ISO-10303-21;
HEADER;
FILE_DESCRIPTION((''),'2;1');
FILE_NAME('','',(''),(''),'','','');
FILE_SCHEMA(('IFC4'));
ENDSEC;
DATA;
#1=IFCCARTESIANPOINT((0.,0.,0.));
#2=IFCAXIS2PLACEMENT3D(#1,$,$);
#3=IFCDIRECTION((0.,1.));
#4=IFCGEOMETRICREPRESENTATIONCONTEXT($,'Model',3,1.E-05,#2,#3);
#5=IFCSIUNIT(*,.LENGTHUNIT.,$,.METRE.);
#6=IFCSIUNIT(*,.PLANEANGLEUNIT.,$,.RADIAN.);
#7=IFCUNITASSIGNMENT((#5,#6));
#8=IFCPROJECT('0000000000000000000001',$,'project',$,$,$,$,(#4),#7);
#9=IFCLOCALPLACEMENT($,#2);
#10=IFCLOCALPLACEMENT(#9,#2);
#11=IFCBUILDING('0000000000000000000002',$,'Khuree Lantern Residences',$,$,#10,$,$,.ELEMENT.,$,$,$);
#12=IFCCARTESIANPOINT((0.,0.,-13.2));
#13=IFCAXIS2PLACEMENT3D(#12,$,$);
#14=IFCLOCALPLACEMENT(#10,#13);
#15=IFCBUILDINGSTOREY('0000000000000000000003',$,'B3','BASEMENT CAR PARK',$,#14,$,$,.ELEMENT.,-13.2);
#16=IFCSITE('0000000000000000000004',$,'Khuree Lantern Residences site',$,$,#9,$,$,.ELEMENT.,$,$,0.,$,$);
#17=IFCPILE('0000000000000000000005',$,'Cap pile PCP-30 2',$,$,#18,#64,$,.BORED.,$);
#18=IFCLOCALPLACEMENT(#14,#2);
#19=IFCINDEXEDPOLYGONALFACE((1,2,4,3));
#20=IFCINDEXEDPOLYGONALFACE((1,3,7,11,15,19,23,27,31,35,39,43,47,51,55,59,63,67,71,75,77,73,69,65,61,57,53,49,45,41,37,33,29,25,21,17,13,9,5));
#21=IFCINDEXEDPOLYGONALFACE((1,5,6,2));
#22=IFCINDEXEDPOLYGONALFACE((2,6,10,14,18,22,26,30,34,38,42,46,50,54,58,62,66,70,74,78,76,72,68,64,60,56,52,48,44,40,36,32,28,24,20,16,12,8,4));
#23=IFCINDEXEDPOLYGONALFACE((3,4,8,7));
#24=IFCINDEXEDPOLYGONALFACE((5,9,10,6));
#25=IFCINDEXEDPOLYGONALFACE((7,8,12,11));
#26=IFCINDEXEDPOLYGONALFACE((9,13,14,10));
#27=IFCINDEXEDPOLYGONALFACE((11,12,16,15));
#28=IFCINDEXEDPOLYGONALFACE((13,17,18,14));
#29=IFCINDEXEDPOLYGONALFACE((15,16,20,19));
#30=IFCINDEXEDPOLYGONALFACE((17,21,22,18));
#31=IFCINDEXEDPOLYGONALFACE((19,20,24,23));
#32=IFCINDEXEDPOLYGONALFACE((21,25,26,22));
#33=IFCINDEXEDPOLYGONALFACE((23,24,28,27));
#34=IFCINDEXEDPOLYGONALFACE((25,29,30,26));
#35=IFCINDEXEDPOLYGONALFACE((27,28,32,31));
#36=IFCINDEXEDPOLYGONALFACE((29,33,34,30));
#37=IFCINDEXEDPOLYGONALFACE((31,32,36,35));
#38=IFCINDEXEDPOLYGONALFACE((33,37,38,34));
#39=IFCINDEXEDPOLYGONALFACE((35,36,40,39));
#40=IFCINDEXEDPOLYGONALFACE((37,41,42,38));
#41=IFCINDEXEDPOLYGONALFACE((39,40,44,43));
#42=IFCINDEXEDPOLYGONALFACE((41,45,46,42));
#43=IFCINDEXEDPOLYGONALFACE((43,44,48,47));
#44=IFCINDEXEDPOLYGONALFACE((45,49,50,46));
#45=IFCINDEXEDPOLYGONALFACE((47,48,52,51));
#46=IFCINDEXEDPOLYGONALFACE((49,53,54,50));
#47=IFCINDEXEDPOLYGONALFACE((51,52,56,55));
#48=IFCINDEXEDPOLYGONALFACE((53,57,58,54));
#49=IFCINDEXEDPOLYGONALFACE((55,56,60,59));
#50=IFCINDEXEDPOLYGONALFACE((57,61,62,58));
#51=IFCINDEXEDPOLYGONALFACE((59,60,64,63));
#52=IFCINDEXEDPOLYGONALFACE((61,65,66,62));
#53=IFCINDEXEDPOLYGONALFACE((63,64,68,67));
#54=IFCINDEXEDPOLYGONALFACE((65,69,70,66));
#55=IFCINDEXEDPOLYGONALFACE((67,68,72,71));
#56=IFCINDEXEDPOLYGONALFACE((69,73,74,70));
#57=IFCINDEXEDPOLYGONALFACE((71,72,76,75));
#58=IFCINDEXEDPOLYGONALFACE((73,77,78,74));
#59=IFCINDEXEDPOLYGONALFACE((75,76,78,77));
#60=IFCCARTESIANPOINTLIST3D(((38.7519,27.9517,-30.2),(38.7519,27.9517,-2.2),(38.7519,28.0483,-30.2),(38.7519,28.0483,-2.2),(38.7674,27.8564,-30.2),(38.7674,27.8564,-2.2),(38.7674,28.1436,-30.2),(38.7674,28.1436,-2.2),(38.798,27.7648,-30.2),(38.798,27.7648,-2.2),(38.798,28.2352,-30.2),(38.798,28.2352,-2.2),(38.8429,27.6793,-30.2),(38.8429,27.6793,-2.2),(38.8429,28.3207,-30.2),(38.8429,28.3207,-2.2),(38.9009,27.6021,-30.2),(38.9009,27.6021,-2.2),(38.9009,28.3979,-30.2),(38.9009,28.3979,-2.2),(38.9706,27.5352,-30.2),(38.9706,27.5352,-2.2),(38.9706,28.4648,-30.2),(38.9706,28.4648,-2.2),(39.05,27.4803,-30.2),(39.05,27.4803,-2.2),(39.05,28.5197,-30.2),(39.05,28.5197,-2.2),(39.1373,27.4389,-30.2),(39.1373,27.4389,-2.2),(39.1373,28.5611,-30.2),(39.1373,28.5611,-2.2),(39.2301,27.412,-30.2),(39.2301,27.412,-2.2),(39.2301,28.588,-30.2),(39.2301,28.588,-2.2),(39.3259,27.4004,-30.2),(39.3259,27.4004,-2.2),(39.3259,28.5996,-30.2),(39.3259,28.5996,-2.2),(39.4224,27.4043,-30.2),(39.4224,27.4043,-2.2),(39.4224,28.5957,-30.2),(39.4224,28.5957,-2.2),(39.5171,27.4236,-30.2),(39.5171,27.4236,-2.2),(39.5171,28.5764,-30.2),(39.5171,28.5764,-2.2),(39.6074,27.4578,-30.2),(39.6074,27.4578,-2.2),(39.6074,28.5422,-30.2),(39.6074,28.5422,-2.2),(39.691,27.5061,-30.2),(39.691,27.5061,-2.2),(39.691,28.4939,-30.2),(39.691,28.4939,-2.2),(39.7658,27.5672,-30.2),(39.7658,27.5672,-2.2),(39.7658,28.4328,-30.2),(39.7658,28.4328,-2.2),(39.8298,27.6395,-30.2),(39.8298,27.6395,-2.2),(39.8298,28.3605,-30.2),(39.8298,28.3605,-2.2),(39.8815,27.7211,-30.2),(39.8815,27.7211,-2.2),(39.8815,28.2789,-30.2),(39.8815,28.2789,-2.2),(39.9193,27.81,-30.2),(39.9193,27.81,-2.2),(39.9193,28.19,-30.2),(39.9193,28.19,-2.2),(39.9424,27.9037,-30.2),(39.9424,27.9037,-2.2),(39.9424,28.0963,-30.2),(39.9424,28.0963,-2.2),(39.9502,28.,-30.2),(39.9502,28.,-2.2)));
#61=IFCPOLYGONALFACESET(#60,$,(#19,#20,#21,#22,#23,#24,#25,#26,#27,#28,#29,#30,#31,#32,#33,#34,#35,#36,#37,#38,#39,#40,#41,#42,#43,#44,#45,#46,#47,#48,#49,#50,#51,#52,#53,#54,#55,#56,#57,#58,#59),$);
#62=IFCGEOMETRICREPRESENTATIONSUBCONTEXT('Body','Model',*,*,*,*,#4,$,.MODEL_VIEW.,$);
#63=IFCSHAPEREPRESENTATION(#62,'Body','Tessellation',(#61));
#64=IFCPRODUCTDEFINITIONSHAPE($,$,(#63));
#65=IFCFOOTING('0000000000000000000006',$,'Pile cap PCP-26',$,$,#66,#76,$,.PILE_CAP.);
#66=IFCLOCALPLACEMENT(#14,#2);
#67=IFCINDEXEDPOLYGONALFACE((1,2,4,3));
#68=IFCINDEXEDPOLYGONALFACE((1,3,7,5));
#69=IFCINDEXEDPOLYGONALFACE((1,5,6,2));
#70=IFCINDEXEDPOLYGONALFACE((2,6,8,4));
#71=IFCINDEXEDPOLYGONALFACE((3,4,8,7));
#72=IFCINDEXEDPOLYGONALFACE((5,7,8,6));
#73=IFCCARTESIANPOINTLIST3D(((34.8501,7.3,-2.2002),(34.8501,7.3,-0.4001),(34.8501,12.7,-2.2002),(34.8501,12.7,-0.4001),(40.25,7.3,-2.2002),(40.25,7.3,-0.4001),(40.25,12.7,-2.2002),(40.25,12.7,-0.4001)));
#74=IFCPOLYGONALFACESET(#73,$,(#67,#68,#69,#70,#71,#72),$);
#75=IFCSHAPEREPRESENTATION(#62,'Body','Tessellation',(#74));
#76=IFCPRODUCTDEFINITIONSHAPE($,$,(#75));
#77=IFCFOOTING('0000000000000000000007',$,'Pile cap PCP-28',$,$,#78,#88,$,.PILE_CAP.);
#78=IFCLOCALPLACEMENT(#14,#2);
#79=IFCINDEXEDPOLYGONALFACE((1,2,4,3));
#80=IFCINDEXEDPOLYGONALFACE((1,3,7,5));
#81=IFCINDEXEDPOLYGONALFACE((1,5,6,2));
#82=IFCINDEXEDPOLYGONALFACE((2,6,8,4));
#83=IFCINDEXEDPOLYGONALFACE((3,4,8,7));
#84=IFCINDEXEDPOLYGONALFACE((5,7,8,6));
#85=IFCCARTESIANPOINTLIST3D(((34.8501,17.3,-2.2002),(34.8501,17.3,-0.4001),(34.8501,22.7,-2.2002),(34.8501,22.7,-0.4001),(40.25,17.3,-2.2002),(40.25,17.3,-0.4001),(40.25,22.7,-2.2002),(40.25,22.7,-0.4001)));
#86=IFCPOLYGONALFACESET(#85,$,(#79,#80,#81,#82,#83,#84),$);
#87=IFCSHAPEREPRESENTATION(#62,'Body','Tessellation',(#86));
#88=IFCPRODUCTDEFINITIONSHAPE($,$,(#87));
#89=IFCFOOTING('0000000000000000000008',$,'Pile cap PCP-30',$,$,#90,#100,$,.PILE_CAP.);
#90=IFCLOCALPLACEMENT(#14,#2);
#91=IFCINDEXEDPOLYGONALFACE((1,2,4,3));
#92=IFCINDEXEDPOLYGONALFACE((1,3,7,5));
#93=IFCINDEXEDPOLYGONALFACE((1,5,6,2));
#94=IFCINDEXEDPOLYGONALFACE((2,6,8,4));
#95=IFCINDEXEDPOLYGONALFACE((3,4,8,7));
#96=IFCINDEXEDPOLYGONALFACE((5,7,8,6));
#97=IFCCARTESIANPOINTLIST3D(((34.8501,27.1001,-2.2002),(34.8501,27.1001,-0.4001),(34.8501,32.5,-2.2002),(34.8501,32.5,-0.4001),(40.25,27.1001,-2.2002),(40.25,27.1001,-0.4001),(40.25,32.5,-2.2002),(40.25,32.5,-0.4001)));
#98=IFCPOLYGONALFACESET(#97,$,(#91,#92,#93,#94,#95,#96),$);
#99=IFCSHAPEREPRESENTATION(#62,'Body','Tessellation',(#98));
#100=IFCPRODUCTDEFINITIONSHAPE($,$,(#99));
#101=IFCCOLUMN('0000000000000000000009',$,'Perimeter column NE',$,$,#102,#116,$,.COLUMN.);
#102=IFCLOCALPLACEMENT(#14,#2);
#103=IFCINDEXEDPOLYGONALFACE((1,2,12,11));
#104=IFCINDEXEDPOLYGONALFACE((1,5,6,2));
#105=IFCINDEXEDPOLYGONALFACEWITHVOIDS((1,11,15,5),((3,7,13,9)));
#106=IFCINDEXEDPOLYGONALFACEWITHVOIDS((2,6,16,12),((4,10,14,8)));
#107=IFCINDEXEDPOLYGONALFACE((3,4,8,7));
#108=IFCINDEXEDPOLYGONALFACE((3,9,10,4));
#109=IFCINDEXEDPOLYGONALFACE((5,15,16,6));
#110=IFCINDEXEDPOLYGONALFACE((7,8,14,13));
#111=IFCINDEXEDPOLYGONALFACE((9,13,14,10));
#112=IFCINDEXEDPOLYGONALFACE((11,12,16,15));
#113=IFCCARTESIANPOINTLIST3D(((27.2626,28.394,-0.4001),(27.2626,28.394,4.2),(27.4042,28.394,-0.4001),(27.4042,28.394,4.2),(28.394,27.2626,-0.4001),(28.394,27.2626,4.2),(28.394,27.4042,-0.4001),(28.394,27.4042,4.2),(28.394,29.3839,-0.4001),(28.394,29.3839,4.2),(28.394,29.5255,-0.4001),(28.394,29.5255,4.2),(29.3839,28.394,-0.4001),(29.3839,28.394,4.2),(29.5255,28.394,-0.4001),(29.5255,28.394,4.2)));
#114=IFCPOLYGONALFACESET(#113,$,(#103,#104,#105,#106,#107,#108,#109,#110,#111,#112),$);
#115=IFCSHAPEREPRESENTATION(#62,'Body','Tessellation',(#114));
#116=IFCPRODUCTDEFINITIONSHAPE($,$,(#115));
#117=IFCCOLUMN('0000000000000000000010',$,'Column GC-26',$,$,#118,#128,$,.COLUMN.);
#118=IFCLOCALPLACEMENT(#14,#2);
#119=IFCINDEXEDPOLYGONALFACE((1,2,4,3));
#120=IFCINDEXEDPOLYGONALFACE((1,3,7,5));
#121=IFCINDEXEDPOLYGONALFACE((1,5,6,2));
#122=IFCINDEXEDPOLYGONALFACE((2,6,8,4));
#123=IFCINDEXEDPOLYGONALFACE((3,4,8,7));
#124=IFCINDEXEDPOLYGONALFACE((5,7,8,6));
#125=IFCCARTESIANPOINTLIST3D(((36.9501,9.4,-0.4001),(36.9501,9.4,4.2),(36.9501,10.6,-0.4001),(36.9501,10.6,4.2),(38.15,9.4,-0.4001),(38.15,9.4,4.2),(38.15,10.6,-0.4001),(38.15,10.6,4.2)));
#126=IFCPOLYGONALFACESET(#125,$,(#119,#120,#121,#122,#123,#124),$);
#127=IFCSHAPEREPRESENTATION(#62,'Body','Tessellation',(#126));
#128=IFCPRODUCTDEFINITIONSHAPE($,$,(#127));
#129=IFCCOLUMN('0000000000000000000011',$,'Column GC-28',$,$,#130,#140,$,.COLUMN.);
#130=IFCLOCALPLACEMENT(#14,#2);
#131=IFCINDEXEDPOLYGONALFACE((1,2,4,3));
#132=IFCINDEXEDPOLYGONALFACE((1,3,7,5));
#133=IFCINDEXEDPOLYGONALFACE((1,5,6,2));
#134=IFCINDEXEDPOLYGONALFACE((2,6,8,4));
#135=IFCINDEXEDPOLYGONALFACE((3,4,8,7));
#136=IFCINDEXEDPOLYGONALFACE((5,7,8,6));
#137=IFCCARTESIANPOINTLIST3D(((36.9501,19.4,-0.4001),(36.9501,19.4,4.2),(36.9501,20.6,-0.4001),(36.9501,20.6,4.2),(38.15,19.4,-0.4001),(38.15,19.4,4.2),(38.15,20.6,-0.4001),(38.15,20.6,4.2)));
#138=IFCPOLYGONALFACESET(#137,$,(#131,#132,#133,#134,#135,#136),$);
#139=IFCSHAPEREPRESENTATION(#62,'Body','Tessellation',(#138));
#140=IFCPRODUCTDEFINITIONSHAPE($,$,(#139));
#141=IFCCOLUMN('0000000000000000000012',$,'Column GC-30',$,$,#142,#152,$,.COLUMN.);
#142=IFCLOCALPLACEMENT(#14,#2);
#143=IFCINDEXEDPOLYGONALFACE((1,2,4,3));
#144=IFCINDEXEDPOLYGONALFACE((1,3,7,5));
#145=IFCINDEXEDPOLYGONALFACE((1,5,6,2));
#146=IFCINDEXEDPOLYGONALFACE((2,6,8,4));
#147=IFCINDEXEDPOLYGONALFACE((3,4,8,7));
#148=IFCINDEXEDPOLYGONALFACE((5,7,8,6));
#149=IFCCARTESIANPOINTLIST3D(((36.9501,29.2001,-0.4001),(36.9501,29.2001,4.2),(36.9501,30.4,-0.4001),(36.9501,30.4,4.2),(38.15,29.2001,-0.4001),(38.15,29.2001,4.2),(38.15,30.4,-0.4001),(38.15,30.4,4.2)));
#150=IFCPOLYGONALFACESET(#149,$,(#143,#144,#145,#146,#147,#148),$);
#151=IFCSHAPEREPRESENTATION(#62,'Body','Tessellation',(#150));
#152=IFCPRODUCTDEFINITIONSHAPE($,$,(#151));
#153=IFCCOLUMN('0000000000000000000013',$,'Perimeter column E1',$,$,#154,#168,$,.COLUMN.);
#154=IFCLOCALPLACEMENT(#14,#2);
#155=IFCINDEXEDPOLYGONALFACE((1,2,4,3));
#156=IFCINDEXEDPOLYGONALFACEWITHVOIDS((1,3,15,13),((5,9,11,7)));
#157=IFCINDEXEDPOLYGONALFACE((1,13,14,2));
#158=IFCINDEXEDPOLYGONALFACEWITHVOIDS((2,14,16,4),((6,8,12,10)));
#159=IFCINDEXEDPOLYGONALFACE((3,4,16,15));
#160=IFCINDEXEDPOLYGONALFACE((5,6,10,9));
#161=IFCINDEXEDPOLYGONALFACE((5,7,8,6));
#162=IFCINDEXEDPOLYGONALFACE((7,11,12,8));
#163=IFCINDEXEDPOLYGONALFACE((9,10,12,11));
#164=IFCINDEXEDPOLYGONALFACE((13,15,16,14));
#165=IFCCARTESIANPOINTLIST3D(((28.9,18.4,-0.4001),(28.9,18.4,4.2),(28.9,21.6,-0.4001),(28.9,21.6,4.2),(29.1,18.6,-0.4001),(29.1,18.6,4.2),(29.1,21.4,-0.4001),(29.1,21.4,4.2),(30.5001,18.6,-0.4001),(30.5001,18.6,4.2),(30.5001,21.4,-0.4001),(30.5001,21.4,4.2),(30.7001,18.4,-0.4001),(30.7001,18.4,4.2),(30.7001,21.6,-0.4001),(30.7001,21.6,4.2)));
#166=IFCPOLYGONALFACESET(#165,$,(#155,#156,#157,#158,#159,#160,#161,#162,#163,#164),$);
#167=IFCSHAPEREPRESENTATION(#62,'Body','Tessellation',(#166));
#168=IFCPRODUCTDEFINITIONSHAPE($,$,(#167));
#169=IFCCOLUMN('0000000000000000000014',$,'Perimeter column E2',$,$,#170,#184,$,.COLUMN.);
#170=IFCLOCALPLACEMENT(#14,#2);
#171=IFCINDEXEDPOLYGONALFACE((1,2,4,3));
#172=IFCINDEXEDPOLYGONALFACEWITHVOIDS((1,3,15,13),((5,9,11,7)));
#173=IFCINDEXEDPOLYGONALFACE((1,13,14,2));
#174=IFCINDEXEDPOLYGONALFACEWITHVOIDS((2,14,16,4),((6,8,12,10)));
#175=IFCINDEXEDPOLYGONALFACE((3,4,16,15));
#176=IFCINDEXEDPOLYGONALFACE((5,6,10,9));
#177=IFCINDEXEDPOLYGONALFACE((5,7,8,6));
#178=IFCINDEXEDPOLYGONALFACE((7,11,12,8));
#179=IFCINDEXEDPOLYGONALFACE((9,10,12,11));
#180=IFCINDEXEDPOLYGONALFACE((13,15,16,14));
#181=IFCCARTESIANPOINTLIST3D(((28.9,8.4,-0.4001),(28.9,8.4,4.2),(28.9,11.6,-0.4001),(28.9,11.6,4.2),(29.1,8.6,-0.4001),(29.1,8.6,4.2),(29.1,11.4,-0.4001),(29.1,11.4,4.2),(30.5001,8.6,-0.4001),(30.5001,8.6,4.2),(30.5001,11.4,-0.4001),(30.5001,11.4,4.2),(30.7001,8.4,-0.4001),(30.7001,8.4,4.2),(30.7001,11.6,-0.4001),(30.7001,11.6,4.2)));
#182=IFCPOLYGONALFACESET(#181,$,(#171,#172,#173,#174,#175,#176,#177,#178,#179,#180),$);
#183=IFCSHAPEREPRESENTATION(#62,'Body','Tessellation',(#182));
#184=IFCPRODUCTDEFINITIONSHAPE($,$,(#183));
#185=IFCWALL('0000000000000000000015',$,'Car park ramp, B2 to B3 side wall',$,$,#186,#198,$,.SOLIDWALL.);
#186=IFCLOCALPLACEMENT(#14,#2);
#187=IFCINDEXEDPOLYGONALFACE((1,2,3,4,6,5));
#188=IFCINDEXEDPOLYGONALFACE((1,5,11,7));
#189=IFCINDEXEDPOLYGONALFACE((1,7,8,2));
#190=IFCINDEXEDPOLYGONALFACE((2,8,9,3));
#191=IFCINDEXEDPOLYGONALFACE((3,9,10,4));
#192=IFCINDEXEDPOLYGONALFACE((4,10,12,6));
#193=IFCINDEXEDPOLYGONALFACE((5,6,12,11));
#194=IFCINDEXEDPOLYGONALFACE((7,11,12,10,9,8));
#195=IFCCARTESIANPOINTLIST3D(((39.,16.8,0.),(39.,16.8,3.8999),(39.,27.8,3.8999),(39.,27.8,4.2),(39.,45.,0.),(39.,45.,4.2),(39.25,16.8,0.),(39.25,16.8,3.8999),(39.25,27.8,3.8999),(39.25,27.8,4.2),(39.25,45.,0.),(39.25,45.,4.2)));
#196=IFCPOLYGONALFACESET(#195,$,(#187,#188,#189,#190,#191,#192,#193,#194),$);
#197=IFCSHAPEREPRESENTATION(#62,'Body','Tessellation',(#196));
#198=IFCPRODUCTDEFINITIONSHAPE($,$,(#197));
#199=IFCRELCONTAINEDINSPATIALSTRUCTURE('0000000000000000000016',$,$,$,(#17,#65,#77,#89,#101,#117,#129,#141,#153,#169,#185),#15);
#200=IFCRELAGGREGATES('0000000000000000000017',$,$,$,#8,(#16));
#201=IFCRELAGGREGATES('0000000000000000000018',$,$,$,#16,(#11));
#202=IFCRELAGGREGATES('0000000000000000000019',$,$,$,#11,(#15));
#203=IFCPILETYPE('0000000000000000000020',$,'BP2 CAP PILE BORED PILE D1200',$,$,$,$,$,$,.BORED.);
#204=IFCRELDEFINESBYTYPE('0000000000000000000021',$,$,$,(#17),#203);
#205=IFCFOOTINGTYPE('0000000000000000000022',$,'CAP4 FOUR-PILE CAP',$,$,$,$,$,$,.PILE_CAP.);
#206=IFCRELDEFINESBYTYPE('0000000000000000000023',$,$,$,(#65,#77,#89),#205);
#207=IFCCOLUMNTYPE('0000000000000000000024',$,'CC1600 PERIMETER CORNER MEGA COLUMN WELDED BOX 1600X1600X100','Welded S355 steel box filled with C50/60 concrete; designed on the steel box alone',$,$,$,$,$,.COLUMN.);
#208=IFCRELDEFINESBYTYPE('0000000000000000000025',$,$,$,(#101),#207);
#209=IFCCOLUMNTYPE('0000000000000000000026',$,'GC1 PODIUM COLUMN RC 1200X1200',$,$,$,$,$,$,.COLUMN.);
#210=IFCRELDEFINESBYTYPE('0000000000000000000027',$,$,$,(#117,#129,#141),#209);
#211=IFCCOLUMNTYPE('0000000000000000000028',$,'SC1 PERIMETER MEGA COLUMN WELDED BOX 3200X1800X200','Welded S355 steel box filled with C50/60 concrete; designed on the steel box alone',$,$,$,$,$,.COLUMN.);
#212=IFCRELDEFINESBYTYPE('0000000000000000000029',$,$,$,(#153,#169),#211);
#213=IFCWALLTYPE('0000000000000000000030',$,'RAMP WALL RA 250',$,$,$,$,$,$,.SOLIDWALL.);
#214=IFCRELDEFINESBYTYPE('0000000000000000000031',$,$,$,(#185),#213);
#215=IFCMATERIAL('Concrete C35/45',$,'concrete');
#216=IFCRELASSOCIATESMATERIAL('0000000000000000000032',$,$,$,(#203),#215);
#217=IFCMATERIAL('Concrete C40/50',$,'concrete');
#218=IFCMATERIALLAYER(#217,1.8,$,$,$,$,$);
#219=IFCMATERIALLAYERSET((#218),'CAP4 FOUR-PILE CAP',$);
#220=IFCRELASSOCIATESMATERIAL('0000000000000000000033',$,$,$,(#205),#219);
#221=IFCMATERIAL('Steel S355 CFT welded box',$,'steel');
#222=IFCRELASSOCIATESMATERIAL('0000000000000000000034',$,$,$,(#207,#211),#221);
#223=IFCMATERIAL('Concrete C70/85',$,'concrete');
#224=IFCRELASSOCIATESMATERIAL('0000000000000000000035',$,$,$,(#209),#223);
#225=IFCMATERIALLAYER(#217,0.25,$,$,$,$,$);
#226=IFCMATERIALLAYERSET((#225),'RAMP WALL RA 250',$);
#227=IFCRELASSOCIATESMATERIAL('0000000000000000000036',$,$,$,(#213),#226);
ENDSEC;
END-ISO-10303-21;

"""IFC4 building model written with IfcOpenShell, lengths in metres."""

from ifc_helpers import new_model, si_unit, direction, frame, origin, origin_2d, place, context, subcontext, project, spatial, polyline, rectangle, hollow_rectangle, circle, outline, extrude, material, layer, layer_set, material_profile, profile_set, type_object, element, save


model = new_model("IFC4")

# Units and contexts
model_context = context("Model", 3, precision=1e-05, world=origin(), true_north=direction((0.0, 1.0)))
body_context = subcontext(model_context, "Body", "Model", "MODEL_VIEW")
ifc_project = project(units=[si_unit("LENGTHUNIT", "METRE"), si_unit("PLANEANGLEUNIT", "RADIAN")], contexts=[model_context])

# Site, building, storey
site_placement = place(None, origin())
site = spatial("IfcSite", under=ifc_project, at=site_placement, Name="Khuree Lantern Residences site", CompositionType="ELEMENT", RefElevation=0.0)
building_placement = place(site_placement, origin())
building = spatial("IfcBuilding", under=site, at=building_placement, Name="Khuree Lantern Residences", CompositionType="ELEMENT")
storey_placement = place(building_placement, frame((0.0, 0.0, -13.2)))
storey = spatial("IfcBuildingStorey", under=building, at=storey_placement, Name="B3", Description="BASEMENT CAR PARK", CompositionType="ELEMENT", Elevation=-13.2)

# Pile
ifc_material_1 = material(Name="Concrete C35/45", Category="concrete")
ifc_material_profile_1 = material_profile(ifc_material_1, circle(Radius=0.6001, at=origin_2d()), Name="BORED PILE D1200")
ifc_profile_set_1 = profile_set([ifc_material_profile_1], Name="Concrete C35/45")
pile_type_1 = type_object("IfcPileType", Name="BP2 CAP PILE BORED PILE D1200", PredefinedType="BORED", material=ifc_profile_set_1)
for number, where, z_axis, x_axis, name in (
    (1, (39.3501, 28.0, -2.2), (0.0, 0.0, -1.0), (1.0, 0.0, 0.0), "Cap pile PCP-30 2"),
):
    element("IfcPile", number, at=place(storey_placement, frame(where, z_axis=z_axis, x_axis=x_axis)), inside=storey, type_object=pile_type_1, Name=name, PredefinedType="BORED", context=body_context, shape_type="SweptSolid", body=[
        extrude(circle(Radius=0.6001, at=origin_2d()), origin(), (0.0, 0.0, 1.0), 28.0),
    ])

# Footings
ifc_material_2 = material(Name="Concrete C40/50", Category="concrete")
ifc_layer_1 = layer(ifc_material_2, 1.8)
ifc_layer_set_1 = layer_set([ifc_layer_1], Name="CAP4 FOUR-PILE CAP")
footing_type = type_object("IfcFootingType", Name="CAP4 FOUR-PILE CAP", PredefinedType="PILE_CAP", material=ifc_layer_set_1)
for number, where, z_axis, x_axis, name in (
    (2, (37.55, 10.0, -2.2002), (0.0, 0.0, 1.0), (1.0, 0.0, 0.0), "Pile cap PCP-26"),
    (3, (37.55, 20.0, -2.2002), (0.0, 0.0, 1.0), (1.0, 0.0, 0.0), "Pile cap PCP-28"),
    (4, (37.55, 29.8, -2.2002), (0.0, 0.0, 1.0), (1.0, 0.0, 0.0), "Pile cap PCP-30"),
):
    element("IfcFooting", number, at=place(storey_placement, frame(where, z_axis=z_axis, x_axis=x_axis)), inside=storey, type_object=footing_type, Name=name, PredefinedType="PILE_CAP", context=body_context, shape_type="SweptSolid", body=[
        extrude(rectangle(XDim=5.3999, YDim=5.3999, at=origin_2d()), origin(), (0.0, 0.0, 1.0), 1.8),
    ])

# Columns
ifc_material_3 = material(Name="Steel S355 CFT welded box", Category="steel")
ifc_material_profile_2 = material_profile(ifc_material_3, hollow_rectangle(XDim=1.6001, YDim=1.6001, WallThickness=0.1001, at=origin_2d()), Name="WELDED BOX 1600X1600X100")
ifc_profile_set_2 = profile_set([ifc_material_profile_2], Name="Steel S355 CFT welded box")
column_type_1 = type_object("IfcColumnType", Name="CC1600 PERIMETER CORNER MEGA COLUMN WELDED BOX 1600X1600X100", Description="Welded S355 steel box filled with C50/60 concrete; designed on the steel box alone", PredefinedType="COLUMN", material=ifc_profile_set_2)
column_placement = place(storey_placement, frame((28.394, 28.394, -0.4001), z_axis=(0.0, 0.0, 1.0), x_axis=(0.707107, -0.707107, 0.0)))
element("IfcColumn", 5, at=column_placement, inside=storey, type_object=column_type_1, Name="Perimeter column NE", PredefinedType="COLUMN", context=body_context, shape_type="SweptSolid", body=[
    extrude(hollow_rectangle(XDim=1.6001, YDim=1.6001, WallThickness=0.1001, at=origin_2d()), origin(), (0.0, 0.0, 1.0), 4.6001),
])
ifc_material_4 = material(Name="Concrete C70/85", Category="concrete")
ifc_material_profile_3 = material_profile(ifc_material_4, rectangle(XDim=1.2, YDim=1.2, at=origin_2d()), Name="RC 1200X1200")
ifc_profile_set_3 = profile_set([ifc_material_profile_3], Name="Concrete C70/85")
column_type_2 = type_object("IfcColumnType", Name="GC1 PODIUM COLUMN RC 1200X1200", PredefinedType="COLUMN", material=ifc_profile_set_3)
for number, where, z_axis, x_axis, name in (
    (6, (37.55, 10.0, -0.4001), (0.0, 0.0, 1.0), (1.0, 0.0, 0.0), "Column GC-26"),
    (7, (37.55, 20.0, -0.4001), (0.0, 0.0, 1.0), (1.0, 0.0, 0.0), "Column GC-28"),
    (8, (37.55, 29.8, -0.4001), (0.0, 0.0, 1.0), (1.0, 0.0, 0.0), "Column GC-30"),
):
    element("IfcColumn", number, at=place(storey_placement, frame(where, z_axis=z_axis, x_axis=x_axis)), inside=storey, type_object=column_type_2, Name=name, PredefinedType="COLUMN", context=body_context, shape_type="SweptSolid", body=[
        extrude(rectangle(XDim=1.2, YDim=1.2, at=origin_2d()), origin(), (0.0, 0.0, 1.0), 4.6001),
    ])
ifc_material_profile_4 = material_profile(ifc_material_3, hollow_rectangle(XDim=3.2, YDim=1.8, WallThickness=0.2, at=origin_2d()), Name="WELDED BOX 3200X1800X200")
ifc_profile_set_4 = profile_set([ifc_material_profile_4], Name="Steel S355 CFT welded box")
column_type_3 = type_object("IfcColumnType", Name="SC1 PERIMETER MEGA COLUMN WELDED BOX 3200X1800X200", Description="Welded S355 steel box filled with C50/60 concrete; designed on the steel box alone", PredefinedType="COLUMN", material=ifc_profile_set_4)
for number, where, z_axis, x_axis, name in (
    (9, (29.8, 20.0, -0.4001), (0.0, 0.0, 1.0), (0.0, 1.0, 0.0), "Perimeter column E1"),
    (10, (29.8, 10.0, -0.4001), (0.0, 0.0, 1.0), (0.0, 1.0, 0.0), "Perimeter column E2"),
):
    element("IfcColumn", number, at=place(storey_placement, frame(where, z_axis=z_axis, x_axis=x_axis)), inside=storey, type_object=column_type_3, Name=name, PredefinedType="COLUMN", context=body_context, shape_type="SweptSolid", body=[
        extrude(hollow_rectangle(XDim=3.2, YDim=1.8, WallThickness=0.2, at=origin_2d()), origin(), (0.0, 0.0, 1.0), 4.6001),
    ])

# Wall
ifc_layer_2 = layer(ifc_material_2, 0.25)
ifc_layer_set_2 = layer_set([ifc_layer_2], Name="RAMP WALL RA 250")
wall_type_1 = type_object("IfcWallType", Name="RAMP WALL RA 250", PredefinedType="SOLIDWALL", material=ifc_layer_set_2)
for number, where, z_axis, x_axis, name in (
    (11, (39.125, 16.8, 0.0), (0.0, 0.0, 1.0), (0.0, 1.0, 0.0), "Car park ramp, B2 to B3 side wall"),
):
    element("IfcWall", number, at=place(storey_placement, frame(where, z_axis=z_axis, x_axis=x_axis)), inside=storey, type_object=wall_type_1, Name=name, PredefinedType="SOLIDWALL", context=body_context, shape_type="SweptSolid", body=[
        extrude(outline(polyline([(0.0, 0.0), (28.2, 0.0), (28.2, 4.2), (11.0, 4.2), (11.0, 3.8999), (0.0, 3.8999), (0.0, 0.0)])), frame((0.0, 0.125, 0.0), z_axis=(0.0, -1.0, 0.0), x_axis=(1.0, 0.0, 0.0)), (0.0, 0.0, 1.0), 0.25),
    ])

save(model, "model.ifc")
